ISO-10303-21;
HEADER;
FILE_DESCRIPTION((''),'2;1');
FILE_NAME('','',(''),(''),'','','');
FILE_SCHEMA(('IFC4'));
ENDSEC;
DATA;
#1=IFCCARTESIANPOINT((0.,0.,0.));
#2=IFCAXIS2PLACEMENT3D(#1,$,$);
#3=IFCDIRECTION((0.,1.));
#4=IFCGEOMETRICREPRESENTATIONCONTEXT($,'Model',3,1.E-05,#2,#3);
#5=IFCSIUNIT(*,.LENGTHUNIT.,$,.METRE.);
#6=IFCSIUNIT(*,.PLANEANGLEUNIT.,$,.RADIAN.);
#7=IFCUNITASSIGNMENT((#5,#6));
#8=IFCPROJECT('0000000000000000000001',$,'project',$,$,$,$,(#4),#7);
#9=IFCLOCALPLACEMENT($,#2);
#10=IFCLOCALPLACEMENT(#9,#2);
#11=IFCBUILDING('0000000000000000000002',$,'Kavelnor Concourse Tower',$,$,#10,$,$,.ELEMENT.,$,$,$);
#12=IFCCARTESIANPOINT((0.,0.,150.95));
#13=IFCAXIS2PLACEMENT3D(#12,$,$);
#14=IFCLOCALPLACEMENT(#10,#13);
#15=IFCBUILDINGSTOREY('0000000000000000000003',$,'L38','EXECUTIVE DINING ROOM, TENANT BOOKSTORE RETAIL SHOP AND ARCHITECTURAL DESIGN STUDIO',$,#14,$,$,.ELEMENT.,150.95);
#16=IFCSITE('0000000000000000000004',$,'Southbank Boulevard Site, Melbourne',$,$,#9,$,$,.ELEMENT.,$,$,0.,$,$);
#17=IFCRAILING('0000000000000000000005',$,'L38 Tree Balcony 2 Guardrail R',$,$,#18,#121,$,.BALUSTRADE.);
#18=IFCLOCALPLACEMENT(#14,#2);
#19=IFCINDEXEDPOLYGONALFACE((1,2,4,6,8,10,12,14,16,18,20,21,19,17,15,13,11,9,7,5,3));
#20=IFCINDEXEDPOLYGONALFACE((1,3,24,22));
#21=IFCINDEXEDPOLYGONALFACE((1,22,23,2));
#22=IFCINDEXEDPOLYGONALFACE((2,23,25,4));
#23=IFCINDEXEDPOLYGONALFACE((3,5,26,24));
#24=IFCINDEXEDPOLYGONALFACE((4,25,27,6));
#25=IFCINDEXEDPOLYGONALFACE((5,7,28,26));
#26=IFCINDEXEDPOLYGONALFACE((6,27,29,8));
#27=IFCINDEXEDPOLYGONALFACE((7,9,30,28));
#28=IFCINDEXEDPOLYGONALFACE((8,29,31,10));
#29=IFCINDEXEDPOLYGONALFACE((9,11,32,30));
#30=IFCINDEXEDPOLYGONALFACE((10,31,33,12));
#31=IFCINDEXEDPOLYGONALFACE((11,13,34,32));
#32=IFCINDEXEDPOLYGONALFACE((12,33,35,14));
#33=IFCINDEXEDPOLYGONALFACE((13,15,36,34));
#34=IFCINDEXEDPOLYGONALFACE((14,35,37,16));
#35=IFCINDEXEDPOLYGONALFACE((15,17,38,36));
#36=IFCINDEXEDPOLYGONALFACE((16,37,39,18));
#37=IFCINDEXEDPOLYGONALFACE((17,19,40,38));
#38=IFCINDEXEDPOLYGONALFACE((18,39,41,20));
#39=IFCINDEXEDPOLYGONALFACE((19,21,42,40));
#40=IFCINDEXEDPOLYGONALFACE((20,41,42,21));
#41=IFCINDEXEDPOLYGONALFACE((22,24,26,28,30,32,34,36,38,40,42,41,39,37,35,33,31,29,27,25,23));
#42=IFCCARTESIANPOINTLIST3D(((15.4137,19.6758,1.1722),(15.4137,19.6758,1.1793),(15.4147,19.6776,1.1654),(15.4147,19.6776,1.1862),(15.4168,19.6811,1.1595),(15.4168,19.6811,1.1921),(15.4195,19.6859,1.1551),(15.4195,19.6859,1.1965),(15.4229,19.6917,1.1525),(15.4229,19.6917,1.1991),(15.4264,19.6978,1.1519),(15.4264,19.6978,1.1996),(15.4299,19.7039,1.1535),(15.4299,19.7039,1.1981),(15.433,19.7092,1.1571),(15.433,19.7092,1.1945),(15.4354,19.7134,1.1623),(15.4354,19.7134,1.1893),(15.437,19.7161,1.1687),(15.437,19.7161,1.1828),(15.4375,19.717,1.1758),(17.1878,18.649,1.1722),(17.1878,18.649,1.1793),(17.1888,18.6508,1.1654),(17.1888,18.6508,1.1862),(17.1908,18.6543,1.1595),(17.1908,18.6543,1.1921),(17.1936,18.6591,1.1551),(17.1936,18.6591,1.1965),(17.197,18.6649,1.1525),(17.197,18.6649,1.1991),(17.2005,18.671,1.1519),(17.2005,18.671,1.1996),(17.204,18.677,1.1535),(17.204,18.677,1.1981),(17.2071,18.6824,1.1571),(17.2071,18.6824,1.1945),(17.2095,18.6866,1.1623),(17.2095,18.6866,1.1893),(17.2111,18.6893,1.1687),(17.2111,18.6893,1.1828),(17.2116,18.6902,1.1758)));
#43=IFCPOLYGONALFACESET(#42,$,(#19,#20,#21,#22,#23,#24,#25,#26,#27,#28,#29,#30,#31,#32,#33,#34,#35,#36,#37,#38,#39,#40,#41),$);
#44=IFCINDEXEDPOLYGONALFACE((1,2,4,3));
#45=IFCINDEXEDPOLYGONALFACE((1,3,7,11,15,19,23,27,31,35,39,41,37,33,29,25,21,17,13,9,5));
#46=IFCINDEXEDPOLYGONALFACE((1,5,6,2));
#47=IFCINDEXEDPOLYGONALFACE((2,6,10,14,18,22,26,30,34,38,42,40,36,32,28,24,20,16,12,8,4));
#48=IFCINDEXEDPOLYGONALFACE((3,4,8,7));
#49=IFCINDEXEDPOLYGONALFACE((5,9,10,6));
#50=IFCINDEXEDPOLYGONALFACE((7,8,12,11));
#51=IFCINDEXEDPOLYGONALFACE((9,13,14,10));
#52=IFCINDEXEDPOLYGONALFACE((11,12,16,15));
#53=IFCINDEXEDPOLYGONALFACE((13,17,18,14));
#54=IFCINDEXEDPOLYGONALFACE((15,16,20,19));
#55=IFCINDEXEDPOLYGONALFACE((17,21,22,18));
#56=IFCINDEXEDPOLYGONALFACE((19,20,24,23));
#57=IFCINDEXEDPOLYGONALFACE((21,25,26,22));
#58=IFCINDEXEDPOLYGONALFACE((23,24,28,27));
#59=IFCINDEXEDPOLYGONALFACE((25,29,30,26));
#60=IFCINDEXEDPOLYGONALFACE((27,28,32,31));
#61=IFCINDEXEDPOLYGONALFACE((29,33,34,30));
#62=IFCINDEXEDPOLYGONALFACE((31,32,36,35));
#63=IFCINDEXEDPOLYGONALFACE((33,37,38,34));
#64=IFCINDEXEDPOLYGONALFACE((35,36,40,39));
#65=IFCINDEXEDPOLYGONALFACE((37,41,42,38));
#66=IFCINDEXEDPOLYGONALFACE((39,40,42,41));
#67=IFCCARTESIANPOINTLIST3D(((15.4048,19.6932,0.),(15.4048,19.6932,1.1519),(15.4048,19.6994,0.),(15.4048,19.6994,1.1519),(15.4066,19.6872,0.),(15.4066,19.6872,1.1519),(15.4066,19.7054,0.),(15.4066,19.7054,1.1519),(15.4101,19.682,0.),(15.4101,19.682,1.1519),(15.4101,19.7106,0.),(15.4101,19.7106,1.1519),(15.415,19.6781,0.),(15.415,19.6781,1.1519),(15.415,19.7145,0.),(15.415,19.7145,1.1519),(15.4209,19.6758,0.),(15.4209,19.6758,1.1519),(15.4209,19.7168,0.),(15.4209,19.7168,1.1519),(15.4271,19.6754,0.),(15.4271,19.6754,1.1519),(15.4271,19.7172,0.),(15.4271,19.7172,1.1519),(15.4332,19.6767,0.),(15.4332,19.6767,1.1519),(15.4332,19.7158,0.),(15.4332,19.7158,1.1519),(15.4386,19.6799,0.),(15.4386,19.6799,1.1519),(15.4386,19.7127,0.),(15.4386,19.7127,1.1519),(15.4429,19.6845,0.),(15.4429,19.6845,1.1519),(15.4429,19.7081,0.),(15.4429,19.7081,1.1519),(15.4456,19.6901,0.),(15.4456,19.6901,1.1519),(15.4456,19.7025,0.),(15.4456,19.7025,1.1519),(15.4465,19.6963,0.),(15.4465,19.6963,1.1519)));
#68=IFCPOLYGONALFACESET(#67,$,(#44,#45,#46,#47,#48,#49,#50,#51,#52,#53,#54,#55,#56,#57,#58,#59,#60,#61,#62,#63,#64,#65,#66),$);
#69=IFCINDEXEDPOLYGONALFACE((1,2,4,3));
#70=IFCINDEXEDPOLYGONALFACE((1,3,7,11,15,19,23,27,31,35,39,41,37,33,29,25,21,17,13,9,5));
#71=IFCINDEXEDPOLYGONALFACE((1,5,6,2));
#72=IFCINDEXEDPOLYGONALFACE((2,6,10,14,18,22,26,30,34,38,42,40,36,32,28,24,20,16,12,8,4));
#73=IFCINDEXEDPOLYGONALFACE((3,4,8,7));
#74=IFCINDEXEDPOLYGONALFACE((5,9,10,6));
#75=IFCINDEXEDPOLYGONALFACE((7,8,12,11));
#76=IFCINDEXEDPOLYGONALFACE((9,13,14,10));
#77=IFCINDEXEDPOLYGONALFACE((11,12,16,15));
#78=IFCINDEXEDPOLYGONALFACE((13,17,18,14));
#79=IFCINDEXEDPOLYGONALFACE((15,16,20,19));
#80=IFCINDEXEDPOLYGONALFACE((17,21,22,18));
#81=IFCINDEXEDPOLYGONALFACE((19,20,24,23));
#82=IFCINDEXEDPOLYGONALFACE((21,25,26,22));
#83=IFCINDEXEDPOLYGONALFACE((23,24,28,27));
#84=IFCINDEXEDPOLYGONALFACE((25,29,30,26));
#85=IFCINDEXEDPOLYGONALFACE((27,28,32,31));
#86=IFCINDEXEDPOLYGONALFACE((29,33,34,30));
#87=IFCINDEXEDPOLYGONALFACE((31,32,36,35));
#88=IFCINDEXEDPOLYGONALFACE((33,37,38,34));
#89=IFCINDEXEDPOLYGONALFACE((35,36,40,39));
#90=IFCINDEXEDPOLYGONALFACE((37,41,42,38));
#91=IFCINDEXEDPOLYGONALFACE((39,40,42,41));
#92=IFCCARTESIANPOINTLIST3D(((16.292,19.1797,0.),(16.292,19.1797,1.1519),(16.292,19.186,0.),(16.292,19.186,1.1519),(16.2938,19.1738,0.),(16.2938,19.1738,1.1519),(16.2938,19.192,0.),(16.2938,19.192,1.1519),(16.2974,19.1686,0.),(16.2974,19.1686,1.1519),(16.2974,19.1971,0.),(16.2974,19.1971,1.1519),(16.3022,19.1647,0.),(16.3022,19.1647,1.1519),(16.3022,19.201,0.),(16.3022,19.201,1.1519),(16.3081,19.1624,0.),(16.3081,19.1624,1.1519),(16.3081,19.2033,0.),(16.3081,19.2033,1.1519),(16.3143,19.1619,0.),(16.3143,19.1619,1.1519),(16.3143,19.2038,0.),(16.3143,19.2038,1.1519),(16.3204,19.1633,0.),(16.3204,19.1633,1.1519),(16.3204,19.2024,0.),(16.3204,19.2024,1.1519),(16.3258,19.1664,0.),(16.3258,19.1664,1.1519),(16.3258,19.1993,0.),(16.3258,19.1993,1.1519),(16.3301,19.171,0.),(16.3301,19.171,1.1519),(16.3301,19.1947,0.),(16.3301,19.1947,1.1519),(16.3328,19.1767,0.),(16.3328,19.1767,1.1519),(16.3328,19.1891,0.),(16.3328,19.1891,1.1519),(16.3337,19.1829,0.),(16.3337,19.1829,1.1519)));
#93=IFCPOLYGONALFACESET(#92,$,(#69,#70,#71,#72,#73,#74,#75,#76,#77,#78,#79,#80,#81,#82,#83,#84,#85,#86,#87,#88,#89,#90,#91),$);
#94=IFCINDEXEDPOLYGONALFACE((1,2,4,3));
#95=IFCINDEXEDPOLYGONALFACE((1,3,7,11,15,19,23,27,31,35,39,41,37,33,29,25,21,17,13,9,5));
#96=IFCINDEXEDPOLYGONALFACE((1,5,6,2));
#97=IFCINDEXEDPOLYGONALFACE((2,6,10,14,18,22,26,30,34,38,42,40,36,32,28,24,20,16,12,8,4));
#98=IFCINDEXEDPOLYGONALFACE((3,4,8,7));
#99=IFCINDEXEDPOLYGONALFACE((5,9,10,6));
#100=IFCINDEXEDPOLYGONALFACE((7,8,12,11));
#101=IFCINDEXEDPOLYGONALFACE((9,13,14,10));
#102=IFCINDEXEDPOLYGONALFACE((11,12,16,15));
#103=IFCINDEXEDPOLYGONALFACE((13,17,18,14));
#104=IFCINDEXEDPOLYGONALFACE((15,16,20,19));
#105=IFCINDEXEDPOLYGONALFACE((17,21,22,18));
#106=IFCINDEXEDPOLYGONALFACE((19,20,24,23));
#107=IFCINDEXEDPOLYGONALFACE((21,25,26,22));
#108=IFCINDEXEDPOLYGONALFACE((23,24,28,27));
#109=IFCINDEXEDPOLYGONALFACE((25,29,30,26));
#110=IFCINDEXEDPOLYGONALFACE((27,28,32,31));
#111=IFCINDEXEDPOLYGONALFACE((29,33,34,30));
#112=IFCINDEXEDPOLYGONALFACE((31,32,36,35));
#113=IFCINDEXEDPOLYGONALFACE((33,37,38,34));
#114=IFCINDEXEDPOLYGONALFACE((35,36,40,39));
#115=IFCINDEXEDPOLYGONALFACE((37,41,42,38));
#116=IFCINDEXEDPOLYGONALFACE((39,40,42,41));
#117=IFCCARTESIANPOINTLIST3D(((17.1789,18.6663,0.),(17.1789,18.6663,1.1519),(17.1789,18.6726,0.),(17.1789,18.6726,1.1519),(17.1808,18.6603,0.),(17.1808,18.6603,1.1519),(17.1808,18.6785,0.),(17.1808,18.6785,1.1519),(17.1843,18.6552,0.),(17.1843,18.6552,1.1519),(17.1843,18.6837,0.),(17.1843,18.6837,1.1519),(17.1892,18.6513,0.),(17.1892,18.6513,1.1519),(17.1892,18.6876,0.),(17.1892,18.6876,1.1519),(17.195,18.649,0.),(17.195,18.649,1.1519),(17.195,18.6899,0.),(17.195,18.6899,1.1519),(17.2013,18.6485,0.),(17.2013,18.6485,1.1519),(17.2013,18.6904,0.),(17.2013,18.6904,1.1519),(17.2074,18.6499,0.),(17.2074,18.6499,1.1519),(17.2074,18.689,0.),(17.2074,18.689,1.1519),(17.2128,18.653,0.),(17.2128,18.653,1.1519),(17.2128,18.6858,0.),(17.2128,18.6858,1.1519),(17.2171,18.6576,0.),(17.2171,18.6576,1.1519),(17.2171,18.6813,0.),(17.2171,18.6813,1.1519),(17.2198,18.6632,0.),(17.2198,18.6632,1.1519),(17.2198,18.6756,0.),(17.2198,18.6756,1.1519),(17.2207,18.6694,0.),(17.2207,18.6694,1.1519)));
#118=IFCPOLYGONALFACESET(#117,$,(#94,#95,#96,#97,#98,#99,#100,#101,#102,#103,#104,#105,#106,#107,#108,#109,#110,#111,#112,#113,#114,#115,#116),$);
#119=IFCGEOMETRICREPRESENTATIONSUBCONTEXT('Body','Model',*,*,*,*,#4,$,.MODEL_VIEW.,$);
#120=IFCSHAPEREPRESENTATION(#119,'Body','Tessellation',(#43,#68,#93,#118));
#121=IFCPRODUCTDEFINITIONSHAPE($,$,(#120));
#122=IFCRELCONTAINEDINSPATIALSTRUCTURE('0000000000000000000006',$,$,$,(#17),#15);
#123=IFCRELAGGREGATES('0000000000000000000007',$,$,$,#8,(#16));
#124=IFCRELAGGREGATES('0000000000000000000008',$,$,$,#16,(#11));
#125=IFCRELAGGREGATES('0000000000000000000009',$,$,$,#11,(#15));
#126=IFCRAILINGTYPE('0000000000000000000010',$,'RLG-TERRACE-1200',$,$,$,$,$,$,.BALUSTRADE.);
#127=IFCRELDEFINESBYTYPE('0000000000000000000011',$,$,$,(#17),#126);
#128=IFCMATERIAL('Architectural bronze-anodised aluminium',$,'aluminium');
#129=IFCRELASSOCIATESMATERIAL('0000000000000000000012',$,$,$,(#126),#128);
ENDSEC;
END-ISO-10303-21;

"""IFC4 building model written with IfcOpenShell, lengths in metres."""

from ifc_helpers import new_model, si_unit, direction, frame, origin, origin_2d, place, context, subcontext, project, spatial, circle, extrude, material, type_object, element, save


model = new_model("IFC4")

# Units and contexts
model_context = context("Model", 3, precision=1e-05, world=origin(), true_north=direction((0.0, 1.0)))
body_context = subcontext(model_context, "Body", "Model", "MODEL_VIEW")
ifc_project = project(units=[si_unit("LENGTHUNIT", "METRE"), si_unit("PLANEANGLEUNIT", "RADIAN")], contexts=[model_context])

# Site, building, storey
site_placement = place(None, origin())
site = spatial("IfcSite", under=ifc_project, at=site_placement, Name="Southbank Boulevard Site, Melbourne", CompositionType="ELEMENT", RefElevation=0.0)
building_placement = place(site_placement, origin())
building = spatial("IfcBuilding", under=site, at=building_placement, Name="Kavelnor Concourse Tower", CompositionType="ELEMENT")
storey_placement = place(building_placement, frame((0.0, 0.0, 150.95)))
storey = spatial("IfcBuildingStorey", under=building, at=storey_placement, Name="L38", Description="EXECUTIVE DINING ROOM, TENANT BOOKSTORE RETAIL SHOP AND ARCHITECTURAL DESIGN STUDIO", CompositionType="ELEMENT", Elevation=150.95)

# Railing
ifc_material_1 = material(Name="Architectural bronze-anodised aluminium", Category="aluminium")
railing_type = type_object("IfcRailingType", Name="RLG-TERRACE-1200", PredefinedType="BALUSTRADE", material=ifc_material_1)
railing_1_placement = place(storey_placement, frame((15.4255, 19.6963, 0.0)))
element("IfcRailing", 1, at=railing_1_placement, inside=storey, type_object=railing_type, Name="L38 Tree Balcony 2 Guardrail R", PredefinedType="BALUSTRADE", context=body_context, shape_type="SweptSolid", body=[
    extrude(circle(Radius=0.0239, at=origin_2d()), frame((0.0, 0.0, 1.1758), z_axis=(0.865489, -0.500928, 0.0), x_axis=(0.500928, 0.865489, 0.0)), (0.0, 0.0, 1.0), 2.0498),
    extrude(circle(Radius=0.021, at=origin_2d()), origin(), (0.0, 0.0, 1.0), 1.1519),
    extrude(circle(Radius=0.021, at=origin_2d()), frame((0.8872, -0.5134, 0.0)), (0.0, 0.0, 1.0), 1.1519),
    extrude(circle(Radius=0.021, at=origin_2d()), frame((1.7742, -1.0269, 0.0)), (0.0, 0.0, 1.0), 1.1519),
])

save(model, "model.ifc")
